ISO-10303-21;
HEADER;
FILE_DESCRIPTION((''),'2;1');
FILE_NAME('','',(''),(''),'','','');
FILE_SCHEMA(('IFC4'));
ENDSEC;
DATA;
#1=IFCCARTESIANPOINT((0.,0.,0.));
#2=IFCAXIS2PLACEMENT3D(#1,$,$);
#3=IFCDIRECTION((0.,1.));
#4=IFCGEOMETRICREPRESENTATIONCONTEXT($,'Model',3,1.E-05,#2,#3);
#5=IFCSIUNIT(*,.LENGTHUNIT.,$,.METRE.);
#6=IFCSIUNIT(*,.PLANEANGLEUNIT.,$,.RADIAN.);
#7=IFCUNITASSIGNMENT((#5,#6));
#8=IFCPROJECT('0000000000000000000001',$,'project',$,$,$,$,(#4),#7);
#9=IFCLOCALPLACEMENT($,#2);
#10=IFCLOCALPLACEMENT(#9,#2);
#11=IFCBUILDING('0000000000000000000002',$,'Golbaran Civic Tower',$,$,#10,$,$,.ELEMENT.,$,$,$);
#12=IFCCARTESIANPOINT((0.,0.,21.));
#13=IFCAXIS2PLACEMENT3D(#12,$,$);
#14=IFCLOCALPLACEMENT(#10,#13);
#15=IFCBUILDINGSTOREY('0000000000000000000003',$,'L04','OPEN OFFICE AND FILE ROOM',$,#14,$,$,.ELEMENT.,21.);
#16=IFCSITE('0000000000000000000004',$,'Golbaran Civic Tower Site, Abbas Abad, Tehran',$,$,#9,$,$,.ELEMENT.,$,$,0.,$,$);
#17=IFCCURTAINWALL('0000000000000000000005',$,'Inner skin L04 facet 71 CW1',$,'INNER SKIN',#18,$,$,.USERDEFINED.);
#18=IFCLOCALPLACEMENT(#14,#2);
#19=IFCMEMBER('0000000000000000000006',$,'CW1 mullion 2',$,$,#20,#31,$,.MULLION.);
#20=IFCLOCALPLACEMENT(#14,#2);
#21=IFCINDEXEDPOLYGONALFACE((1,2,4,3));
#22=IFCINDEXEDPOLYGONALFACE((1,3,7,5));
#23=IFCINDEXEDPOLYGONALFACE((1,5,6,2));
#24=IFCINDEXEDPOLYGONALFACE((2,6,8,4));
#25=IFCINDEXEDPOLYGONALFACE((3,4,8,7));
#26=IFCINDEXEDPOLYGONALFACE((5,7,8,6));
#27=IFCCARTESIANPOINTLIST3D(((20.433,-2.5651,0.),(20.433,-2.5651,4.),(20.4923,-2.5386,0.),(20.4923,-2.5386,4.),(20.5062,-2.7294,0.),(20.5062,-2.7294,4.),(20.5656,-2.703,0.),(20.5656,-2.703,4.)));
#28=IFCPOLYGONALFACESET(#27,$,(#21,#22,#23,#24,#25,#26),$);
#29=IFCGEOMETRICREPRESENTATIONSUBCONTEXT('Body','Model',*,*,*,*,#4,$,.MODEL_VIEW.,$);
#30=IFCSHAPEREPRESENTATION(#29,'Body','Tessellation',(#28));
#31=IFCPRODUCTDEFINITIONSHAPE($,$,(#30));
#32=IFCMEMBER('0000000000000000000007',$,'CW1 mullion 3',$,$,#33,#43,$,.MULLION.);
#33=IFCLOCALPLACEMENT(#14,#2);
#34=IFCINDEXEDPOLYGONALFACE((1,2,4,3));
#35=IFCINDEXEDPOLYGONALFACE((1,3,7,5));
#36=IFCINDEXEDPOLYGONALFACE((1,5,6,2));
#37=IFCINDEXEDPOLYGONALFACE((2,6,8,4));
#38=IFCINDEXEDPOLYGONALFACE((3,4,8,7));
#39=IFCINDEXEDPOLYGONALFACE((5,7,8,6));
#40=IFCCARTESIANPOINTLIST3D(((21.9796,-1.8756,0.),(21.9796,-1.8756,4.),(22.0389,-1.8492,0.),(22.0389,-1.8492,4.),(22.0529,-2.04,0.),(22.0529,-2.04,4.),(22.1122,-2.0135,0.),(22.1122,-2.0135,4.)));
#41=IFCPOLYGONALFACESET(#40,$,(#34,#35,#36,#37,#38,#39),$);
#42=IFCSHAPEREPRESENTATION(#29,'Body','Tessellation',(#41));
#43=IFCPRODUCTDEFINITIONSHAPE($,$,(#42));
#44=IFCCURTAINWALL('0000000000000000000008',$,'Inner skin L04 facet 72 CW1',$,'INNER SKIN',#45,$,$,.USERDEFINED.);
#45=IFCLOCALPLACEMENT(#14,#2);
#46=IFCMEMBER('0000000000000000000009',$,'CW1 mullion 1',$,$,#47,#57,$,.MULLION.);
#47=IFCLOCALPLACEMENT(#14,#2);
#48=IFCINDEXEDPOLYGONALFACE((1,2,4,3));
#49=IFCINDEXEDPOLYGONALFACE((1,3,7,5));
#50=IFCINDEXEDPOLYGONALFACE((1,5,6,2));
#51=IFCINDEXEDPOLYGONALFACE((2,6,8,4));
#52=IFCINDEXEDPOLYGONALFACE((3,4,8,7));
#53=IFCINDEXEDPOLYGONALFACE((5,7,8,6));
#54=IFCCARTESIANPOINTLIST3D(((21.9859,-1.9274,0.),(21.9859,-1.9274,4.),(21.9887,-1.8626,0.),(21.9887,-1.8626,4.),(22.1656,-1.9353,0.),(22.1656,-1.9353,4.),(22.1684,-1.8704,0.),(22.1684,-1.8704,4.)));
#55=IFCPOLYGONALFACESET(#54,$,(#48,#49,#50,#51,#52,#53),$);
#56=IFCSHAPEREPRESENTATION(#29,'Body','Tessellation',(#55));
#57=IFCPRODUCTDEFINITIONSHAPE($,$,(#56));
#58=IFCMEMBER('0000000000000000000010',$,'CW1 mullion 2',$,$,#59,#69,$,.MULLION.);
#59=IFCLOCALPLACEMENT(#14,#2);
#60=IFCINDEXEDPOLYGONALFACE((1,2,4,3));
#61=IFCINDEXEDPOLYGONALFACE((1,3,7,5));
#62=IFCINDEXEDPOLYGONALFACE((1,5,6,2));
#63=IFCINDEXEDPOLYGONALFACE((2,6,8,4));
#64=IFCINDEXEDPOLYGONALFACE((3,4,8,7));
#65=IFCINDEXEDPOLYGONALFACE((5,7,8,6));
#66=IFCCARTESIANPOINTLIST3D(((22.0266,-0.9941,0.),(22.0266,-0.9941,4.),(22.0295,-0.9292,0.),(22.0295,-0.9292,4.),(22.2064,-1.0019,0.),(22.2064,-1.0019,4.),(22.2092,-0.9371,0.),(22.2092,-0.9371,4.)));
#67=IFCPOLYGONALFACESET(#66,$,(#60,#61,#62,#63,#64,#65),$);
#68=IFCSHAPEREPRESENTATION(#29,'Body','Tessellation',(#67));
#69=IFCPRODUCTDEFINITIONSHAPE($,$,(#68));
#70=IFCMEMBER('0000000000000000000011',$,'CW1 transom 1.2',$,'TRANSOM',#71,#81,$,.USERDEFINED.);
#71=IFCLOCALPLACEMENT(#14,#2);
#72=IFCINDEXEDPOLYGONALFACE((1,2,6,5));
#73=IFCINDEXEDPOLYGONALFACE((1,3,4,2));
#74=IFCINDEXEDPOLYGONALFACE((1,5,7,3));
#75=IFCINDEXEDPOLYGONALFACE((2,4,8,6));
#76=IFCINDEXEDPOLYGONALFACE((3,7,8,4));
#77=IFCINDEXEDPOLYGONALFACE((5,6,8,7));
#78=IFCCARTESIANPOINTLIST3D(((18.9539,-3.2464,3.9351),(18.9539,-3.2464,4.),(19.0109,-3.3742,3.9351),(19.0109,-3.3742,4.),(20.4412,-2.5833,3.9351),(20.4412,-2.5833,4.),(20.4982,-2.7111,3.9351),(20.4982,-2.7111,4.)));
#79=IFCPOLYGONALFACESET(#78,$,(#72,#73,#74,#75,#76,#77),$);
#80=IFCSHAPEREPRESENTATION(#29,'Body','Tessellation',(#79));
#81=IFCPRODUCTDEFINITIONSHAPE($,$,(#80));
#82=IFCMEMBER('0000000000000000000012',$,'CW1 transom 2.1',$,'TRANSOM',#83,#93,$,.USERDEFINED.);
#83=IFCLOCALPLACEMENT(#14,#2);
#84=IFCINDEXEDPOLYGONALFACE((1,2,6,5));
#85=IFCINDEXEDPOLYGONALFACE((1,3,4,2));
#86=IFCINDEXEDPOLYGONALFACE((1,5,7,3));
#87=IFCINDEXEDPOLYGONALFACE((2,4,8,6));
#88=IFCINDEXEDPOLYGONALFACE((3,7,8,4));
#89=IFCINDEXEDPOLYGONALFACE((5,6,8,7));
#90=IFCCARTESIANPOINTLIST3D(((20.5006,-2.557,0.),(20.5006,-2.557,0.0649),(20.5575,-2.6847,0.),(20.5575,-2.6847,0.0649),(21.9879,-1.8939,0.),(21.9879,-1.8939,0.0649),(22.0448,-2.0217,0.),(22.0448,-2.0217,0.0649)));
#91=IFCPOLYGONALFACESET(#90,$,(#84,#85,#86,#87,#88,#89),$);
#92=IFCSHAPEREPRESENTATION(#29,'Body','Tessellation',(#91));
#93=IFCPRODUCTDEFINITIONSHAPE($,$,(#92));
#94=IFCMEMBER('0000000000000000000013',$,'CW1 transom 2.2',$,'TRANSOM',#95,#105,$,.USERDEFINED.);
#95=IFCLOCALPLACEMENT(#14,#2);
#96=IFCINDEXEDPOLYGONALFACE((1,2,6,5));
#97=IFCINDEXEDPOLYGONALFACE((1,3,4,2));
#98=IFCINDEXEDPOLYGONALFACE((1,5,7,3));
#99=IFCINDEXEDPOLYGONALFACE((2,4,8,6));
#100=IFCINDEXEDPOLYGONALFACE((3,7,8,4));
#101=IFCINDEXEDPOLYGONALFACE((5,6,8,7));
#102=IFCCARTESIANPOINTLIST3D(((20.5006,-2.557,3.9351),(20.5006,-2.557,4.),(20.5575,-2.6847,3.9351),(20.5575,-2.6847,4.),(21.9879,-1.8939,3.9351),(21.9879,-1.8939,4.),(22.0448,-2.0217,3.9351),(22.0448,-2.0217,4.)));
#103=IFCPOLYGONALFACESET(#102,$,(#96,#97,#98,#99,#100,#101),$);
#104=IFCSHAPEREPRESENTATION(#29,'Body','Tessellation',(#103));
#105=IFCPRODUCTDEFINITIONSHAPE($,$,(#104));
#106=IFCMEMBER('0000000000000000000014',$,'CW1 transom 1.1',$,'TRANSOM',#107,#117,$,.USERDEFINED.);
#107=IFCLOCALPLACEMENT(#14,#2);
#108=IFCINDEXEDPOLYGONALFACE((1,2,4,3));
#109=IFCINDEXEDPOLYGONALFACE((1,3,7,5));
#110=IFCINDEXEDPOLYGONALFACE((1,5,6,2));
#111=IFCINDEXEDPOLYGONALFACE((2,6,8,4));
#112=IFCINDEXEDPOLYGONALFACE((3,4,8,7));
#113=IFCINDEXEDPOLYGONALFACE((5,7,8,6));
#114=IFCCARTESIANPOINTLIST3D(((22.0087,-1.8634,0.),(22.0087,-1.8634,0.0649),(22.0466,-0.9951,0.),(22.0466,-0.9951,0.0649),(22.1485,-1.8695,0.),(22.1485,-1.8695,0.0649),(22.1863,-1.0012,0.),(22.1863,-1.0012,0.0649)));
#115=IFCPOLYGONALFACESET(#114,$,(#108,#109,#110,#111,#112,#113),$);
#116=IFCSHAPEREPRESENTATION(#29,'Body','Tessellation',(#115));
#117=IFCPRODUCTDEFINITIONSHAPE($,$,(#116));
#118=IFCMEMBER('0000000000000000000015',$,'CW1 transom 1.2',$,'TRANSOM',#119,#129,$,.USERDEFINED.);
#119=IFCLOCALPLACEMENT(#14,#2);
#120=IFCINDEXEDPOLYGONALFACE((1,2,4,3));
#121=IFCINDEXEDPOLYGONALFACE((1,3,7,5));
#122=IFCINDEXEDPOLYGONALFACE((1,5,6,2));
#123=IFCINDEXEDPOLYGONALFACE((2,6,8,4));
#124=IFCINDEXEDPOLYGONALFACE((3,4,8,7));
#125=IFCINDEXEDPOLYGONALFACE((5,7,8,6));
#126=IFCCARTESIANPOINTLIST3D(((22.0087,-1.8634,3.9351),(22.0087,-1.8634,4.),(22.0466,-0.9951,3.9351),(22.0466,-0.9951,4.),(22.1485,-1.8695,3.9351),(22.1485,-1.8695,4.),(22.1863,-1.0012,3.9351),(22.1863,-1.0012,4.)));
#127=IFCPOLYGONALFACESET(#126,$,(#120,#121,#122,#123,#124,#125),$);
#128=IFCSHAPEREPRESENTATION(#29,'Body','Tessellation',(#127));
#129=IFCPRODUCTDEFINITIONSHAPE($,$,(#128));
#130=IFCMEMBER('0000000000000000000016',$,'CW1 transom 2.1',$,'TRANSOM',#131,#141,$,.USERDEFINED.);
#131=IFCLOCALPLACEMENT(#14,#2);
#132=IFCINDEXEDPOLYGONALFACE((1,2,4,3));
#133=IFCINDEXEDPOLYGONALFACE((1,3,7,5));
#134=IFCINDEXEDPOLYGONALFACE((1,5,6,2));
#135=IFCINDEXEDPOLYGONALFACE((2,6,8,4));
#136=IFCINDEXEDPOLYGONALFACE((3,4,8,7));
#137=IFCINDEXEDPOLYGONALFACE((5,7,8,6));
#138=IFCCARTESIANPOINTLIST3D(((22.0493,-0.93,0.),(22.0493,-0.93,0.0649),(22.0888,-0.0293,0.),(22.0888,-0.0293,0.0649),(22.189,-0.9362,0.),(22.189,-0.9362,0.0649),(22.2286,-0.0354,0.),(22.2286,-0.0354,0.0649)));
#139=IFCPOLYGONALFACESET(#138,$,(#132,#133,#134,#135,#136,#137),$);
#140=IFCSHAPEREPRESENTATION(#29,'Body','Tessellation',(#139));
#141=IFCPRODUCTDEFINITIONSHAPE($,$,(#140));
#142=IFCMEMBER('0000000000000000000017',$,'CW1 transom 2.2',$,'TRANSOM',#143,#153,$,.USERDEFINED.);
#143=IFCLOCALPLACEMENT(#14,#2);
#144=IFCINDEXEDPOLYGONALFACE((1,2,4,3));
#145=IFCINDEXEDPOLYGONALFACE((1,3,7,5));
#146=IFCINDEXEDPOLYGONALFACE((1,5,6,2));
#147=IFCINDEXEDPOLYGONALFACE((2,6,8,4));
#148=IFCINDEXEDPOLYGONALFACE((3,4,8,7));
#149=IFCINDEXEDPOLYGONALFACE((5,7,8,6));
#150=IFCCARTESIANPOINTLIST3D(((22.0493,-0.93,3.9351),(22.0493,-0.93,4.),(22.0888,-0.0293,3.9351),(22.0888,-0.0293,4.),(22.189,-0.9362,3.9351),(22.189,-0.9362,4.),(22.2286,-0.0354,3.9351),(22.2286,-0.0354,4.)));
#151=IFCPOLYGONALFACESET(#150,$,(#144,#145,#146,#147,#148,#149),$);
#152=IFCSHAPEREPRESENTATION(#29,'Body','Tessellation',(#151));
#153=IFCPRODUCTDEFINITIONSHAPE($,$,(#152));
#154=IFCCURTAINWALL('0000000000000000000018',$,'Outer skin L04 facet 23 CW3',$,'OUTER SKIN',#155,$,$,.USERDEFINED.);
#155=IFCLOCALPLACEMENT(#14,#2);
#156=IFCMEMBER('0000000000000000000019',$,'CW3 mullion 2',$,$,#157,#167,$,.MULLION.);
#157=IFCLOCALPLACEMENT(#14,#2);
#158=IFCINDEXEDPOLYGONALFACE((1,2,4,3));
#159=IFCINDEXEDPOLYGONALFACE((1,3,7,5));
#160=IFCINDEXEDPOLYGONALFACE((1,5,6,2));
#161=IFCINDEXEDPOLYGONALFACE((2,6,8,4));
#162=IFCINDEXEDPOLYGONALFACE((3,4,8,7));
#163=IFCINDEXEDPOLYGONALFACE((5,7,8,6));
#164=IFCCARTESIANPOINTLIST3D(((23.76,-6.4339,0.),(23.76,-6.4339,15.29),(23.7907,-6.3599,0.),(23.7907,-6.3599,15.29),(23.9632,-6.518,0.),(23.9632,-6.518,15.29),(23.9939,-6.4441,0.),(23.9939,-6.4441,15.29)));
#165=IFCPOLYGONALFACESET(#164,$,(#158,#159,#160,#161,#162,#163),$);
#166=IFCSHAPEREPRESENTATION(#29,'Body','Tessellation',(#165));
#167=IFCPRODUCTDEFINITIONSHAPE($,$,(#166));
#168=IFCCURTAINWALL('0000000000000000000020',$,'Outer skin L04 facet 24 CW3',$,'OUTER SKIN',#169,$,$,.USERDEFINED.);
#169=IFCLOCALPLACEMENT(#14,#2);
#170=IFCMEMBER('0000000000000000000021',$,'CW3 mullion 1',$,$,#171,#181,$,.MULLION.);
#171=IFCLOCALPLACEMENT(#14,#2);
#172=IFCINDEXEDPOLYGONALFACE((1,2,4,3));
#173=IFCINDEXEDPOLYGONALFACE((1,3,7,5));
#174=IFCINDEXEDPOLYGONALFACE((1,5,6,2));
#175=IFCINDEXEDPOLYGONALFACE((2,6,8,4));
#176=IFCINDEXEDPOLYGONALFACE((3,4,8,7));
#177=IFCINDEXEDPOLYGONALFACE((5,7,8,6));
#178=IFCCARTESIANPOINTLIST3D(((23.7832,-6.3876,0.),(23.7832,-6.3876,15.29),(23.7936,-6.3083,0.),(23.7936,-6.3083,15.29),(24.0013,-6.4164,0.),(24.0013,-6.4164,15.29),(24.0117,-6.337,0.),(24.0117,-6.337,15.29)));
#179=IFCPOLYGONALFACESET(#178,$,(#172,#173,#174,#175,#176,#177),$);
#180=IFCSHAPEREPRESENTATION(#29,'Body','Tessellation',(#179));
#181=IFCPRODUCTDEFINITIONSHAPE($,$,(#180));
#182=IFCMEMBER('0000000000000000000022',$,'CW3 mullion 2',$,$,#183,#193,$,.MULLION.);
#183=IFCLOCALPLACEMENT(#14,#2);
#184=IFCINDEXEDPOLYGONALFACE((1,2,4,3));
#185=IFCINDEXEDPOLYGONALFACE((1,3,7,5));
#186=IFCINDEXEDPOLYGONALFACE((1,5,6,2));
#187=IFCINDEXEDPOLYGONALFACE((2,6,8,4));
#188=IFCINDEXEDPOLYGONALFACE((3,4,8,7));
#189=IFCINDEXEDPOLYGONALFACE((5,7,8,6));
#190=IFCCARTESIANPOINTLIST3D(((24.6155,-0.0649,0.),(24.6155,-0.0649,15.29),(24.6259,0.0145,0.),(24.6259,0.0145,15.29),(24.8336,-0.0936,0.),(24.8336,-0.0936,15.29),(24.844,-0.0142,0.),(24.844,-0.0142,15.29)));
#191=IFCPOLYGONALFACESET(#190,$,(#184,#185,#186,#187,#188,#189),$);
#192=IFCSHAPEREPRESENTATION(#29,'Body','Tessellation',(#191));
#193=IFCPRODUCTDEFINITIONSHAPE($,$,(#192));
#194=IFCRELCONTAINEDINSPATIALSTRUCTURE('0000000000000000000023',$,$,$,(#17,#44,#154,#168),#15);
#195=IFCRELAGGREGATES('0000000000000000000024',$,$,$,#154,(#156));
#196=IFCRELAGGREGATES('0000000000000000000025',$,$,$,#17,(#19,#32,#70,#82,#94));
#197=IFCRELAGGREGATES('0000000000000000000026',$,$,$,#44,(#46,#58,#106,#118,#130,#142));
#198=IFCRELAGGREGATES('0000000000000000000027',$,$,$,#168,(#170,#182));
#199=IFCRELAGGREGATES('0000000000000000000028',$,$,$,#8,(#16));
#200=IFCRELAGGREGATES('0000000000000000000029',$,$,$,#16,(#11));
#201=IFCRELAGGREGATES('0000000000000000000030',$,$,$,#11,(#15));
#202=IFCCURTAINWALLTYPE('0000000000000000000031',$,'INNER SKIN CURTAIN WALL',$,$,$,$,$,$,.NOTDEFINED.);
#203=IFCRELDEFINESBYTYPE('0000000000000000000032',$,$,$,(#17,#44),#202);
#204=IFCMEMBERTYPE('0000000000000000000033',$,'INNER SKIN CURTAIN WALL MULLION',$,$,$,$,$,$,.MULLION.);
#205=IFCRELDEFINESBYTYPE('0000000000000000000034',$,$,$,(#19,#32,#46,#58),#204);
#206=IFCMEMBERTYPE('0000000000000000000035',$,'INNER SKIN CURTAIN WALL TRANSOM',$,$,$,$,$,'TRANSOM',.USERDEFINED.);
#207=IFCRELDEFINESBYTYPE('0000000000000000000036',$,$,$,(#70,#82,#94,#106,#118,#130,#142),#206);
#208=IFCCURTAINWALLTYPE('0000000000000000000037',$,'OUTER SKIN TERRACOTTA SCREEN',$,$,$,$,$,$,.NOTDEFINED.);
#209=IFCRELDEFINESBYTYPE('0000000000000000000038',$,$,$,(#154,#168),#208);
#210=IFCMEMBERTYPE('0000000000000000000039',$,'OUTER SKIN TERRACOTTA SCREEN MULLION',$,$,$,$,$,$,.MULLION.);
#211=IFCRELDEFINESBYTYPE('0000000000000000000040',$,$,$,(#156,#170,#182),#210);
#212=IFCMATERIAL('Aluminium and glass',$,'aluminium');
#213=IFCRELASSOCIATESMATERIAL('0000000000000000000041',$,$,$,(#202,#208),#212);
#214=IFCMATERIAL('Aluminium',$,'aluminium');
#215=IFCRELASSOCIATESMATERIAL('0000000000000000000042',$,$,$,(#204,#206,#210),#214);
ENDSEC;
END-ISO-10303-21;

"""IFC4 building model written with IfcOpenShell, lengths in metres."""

from ifc_helpers import new_model, si_unit, direction, frame, origin, origin_2d, place, context, subcontext, project, spatial, rectangle, extrude, material, material_profile, profile_set, type_object, element, aggregate, save


model = new_model("IFC4")

# Units and contexts
model_context = context("Model", 3, precision=1e-05, world=origin(), true_north=direction((0.0, 1.0)))
body_context = subcontext(model_context, "Body", "Model", "MODEL_VIEW")
ifc_project = project(units=[si_unit("LENGTHUNIT", "METRE"), si_unit("PLANEANGLEUNIT", "RADIAN")], contexts=[model_context])

# Site, building, storey
site_placement = place(None, origin())
site = spatial("IfcSite", under=ifc_project, at=site_placement, Name="Golbaran Civic Tower Site, Abbas Abad, Tehran", CompositionType="ELEMENT", RefElevation=0.0)
building_placement = place(site_placement, origin())
building = spatial("IfcBuilding", under=site, at=building_placement, Name="Golbaran Civic Tower", CompositionType="ELEMENT")
storey_placement = place(building_placement, frame((0.0, 0.0, 21.0)))
storey = spatial("IfcBuildingStorey", under=building, at=storey_placement, Name="L04", Description="OPEN OFFICE AND FILE ROOM", CompositionType="ELEMENT", Elevation=21.0)

# Curtain walls, members
ifc_material_1 = material(Name="Aluminium and glass", Category="aluminium")
curtain_wall_type_1 = type_object("IfcCurtainWallType", Name="INNER SKIN CURTAIN WALL", PredefinedType="NOTDEFINED", material=ifc_material_1)
curtain_wall_1_placement = place(storey_placement, origin())
curtain_wall_1 = element("IfcCurtainWall", 1, at=curtain_wall_1_placement, inside=storey, type_object=curtain_wall_type_1, Name="Inner skin L04 facet 71 CW1", ObjectType="INNER SKIN", PredefinedType="USERDEFINED")
ifc_material_2 = material(Name="Aluminium", Category="aluminium")
ifc_material_profile_1 = material_profile(ifc_material_2, rectangle(XDim=0.1799, YDim=0.0649, at=origin_2d()), Name="INNER SKIN CURTAIN WALL MULLION")
ifc_profile_set_1 = profile_set([ifc_material_profile_1], Name="Aluminium")
member_type_1 = type_object("IfcMemberType", Name="INNER SKIN CURTAIN WALL MULLION", PredefinedType="MULLION", material=ifc_profile_set_1)
member_1_placement = place(storey_placement, frame((20.4993, -2.634, 0.0), z_axis=(0.0, 0.0, 1.0), x_axis=(-0.407136, 0.913367, 0.0)))
member_1 = element("IfcMember", 2, at=member_1_placement, type_object=member_type_1, Name="CW1 mullion 2", PredefinedType="MULLION", context=body_context, shape_type="SweptSolid", body=[
    extrude(rectangle(XDim=0.1799, YDim=0.0649, at=origin_2d()), origin(), (0.0, 0.0, 1.0), 4.0),
])
member_2_placement = place(storey_placement, frame((22.0459, -1.9446, 0.0), z_axis=(0.0, 0.0, 1.0), x_axis=(-0.407136, 0.913367, 0.0)))
member_2 = element("IfcMember", 3, at=member_2_placement, type_object=member_type_1, Name="CW1 mullion 3", PredefinedType="MULLION", context=body_context, shape_type="SweptSolid", body=[
    extrude(rectangle(XDim=0.1799, YDim=0.0649, at=origin_2d()), origin(), (0.0, 0.0, 1.0), 4.0),
])
curtain_wall_2_placement = place(storey_placement, origin())
curtain_wall_2 = element("IfcCurtainWall", 4, at=curtain_wall_2_placement, inside=storey, type_object=curtain_wall_type_1, Name="Inner skin L04 facet 72 CW1", ObjectType="INNER SKIN", PredefinedType="USERDEFINED")
member_3_placement = place(storey_placement, frame((22.0771, -1.8989, 0.0), z_axis=(0.0, 0.0, 1.0), x_axis=(-0.999048, 0.043619, 0.0)))
member_3 = element("IfcMember", 5, at=member_3_placement, type_object=member_type_1, Name="CW1 mullion 1", PredefinedType="MULLION", context=body_context, shape_type="SweptSolid", body=[
    extrude(rectangle(XDim=0.1799, YDim=0.0649, at=origin_2d()), origin(), (0.0, 0.0, 1.0), 4.0),
])
member_4_placement = place(storey_placement, frame((22.1179, -0.9656, 0.0), z_axis=(0.0, 0.0, 1.0), x_axis=(-0.999048, 0.043619, 0.0)))
member_4 = element("IfcMember", 6, at=member_4_placement, type_object=member_type_1, Name="CW1 mullion 2", PredefinedType="MULLION", context=body_context, shape_type="SweptSolid", body=[
    extrude(rectangle(XDim=0.1799, YDim=0.0649, at=origin_2d()), origin(), (0.0, 0.0, 1.0), 4.0),
])

# Members
ifc_material_profile_2 = material_profile(ifc_material_2, rectangle(XDim=0.1399, YDim=0.0649, at=origin_2d()), Name="INNER SKIN CURTAIN WALL TRANSOM")
ifc_profile_set_2 = profile_set([ifc_material_profile_2], Name="Aluminium")
member_type_2 = type_object("IfcMemberType", Name="INNER SKIN CURTAIN WALL TRANSOM", ElementType="TRANSOM", PredefinedType="USERDEFINED", material=ifc_profile_set_2)
member_5_placement = place(storey_placement, frame((18.9824, -3.3103, 3.9675), z_axis=(0.913341, 0.407195, 0.0), x_axis=(-0.407195, 0.913341, 0.0)))
member_5 = element("IfcMember", 7, at=member_5_placement, type_object=member_type_2, Name="CW1 transom 1.2", ObjectType="TRANSOM", PredefinedType="USERDEFINED", context=body_context, shape_type="SweptSolid", body=[
    extrude(rectangle(XDim=0.1399, YDim=0.0649, at=origin_2d()), origin(), (0.0, 0.0, 1.0), 1.6284),
])
member_6_placement = place(storey_placement, frame((20.5291, -2.6208, 0.0325), z_axis=(0.913341, 0.407195, 0.0), x_axis=(-0.407195, 0.913341, 0.0)))
member_6 = element("IfcMember", 8, at=member_6_placement, type_object=member_type_2, Name="CW1 transom 2.1", ObjectType="TRANSOM", PredefinedType="USERDEFINED", context=body_context, shape_type="SweptSolid", body=[
    extrude(rectangle(XDim=0.1399, YDim=0.0649, at=origin_2d()), origin(), (0.0, 0.0, 1.0), 1.6284),
])
member_7_placement = place(storey_placement, frame((20.5291, -2.6208, 3.9675), z_axis=(0.913341, 0.407195, 0.0), x_axis=(-0.407195, 0.913341, 0.0)))
member_7 = element("IfcMember", 9, at=member_7_placement, type_object=member_type_2, Name="CW1 transom 2.2", ObjectType="TRANSOM", PredefinedType="USERDEFINED", context=body_context, shape_type="SweptSolid", body=[
    extrude(rectangle(XDim=0.1399, YDim=0.0649, at=origin_2d()), origin(), (0.0, 0.0, 1.0), 1.6284),
])
member_8_placement = place(storey_placement, frame((22.0786, -1.8665, 0.0325), z_axis=(0.043535, 0.999052, 0.0), x_axis=(-0.999052, 0.043535, 0.0)))
member_8 = element("IfcMember", 10, at=member_8_placement, type_object=member_type_2, Name="CW1 transom 1.1", ObjectType="TRANSOM", PredefinedType="USERDEFINED", context=body_context, shape_type="SweptSolid", body=[
    extrude(rectangle(XDim=0.1399, YDim=0.0649, at=origin_2d()), origin(), (0.0, 0.0, 1.0), 0.8691),
])
member_9_placement = place(storey_placement, frame((22.0786, -1.8665, 3.9675), z_axis=(0.043535, 0.999052, 0.0), x_axis=(-0.999052, 0.043535, 0.0)))
member_9 = element("IfcMember", 11, at=member_9_placement, type_object=member_type_2, Name="CW1 transom 1.2", ObjectType="TRANSOM", PredefinedType="USERDEFINED", context=body_context, shape_type="SweptSolid", body=[
    extrude(rectangle(XDim=0.1399, YDim=0.0649, at=origin_2d()), origin(), (0.0, 0.0, 1.0), 0.8691),
])
member_10_placement = place(storey_placement, frame((22.1191, -0.9331, 0.0325), z_axis=(0.043872, 0.999037, 0.0), x_axis=(-0.999037, 0.043872, 0.0)))
member_10 = element("IfcMember", 12, at=member_10_placement, type_object=member_type_2, Name="CW1 transom 2.1", ObjectType="TRANSOM", PredefinedType="USERDEFINED", context=body_context, shape_type="SweptSolid", body=[
    extrude(rectangle(XDim=0.1399, YDim=0.0649, at=origin_2d()), origin(), (0.0, 0.0, 1.0), 0.9016),
])
member_11_placement = place(storey_placement, frame((22.1191, -0.9331, 3.9675), z_axis=(0.043872, 0.999037, 0.0), x_axis=(-0.999037, 0.043872, 0.0)))
member_11 = element("IfcMember", 13, at=member_11_placement, type_object=member_type_2, Name="CW1 transom 2.2", ObjectType="TRANSOM", PredefinedType="USERDEFINED", context=body_context, shape_type="SweptSolid", body=[
    extrude(rectangle(XDim=0.1399, YDim=0.0649, at=origin_2d()), origin(), (0.0, 0.0, 1.0), 0.9016),
])

# Curtain wall, member
curtain_wall_type_2 = type_object("IfcCurtainWallType", Name="OUTER SKIN TERRACOTTA SCREEN", PredefinedType="NOTDEFINED", material=ifc_material_1)
curtain_wall_3_placement = place(storey_placement, origin())
curtain_wall_3 = element("IfcCurtainWall", 14, at=curtain_wall_3_placement, inside=storey, type_object=curtain_wall_type_2, Name="Outer skin L04 facet 23 CW3", ObjectType="OUTER SKIN", PredefinedType="USERDEFINED")
ifc_material_profile_3 = material_profile(ifc_material_2, rectangle(XDim=0.22, YDim=0.0801, at=origin_2d()), Name="OUTER SKIN TERRACOTTA SCREEN MULLION")
ifc_profile_set_3 = profile_set([ifc_material_profile_3], Name="Aluminium")
member_type_3 = type_object("IfcMemberType", Name="OUTER SKIN TERRACOTTA SCREEN MULLION", PredefinedType="MULLION", material=ifc_profile_set_3)
member_12_placement = place(storey_placement, frame((23.877, -6.439, 0.0), z_axis=(0.0, 0.0, 1.0), x_axis=(-0.92388, 0.382683, 0.0)))
member_12 = element("IfcMember", 15, at=member_12_placement, type_object=member_type_3, Name="CW3 mullion 2", PredefinedType="MULLION", context=body_context, shape_type="SweptSolid", body=[
    extrude(rectangle(XDim=0.22, YDim=0.0801, at=origin_2d()), origin(), (0.0, 0.0, 1.0), 15.29),
])
aggregate(curtain_wall_3, [member_12])

# Curtain wall, members
curtain_wall_4_placement = place(storey_placement, origin())
curtain_wall_4 = element("IfcCurtainWall", 16, at=curtain_wall_4_placement, inside=storey, type_object=curtain_wall_type_2, Name="Outer skin L04 facet 24 CW3", ObjectType="OUTER SKIN", PredefinedType="USERDEFINED")
member_13_placement = place(storey_placement, frame((23.8975, -6.3623, 0.0), z_axis=(0.0, 0.0, 1.0), x_axis=(-0.991445, 0.130526, 0.0)))
member_13 = element("IfcMember", 17, at=member_13_placement, type_object=member_type_3, Name="CW3 mullion 1", PredefinedType="MULLION", context=body_context, shape_type="SweptSolid", body=[
    extrude(rectangle(XDim=0.22, YDim=0.0801, at=origin_2d()), origin(), (0.0, 0.0, 1.0), 15.29),
])
member_14_placement = place(storey_placement, frame((24.7297, -0.0396, 0.0), z_axis=(0.0, 0.0, 1.0), x_axis=(-0.991445, 0.130526, 0.0)))
member_14 = element("IfcMember", 18, at=member_14_placement, type_object=member_type_3, Name="CW3 mullion 2", PredefinedType="MULLION", context=body_context, shape_type="SweptSolid", body=[
    extrude(rectangle(XDim=0.22, YDim=0.0801, at=origin_2d()), origin(), (0.0, 0.0, 1.0), 15.29),
])

aggregate(curtain_wall_1, [member_1, member_2, member_5, member_6, member_7])
aggregate(curtain_wall_2, [member_3, member_4, member_8, member_9, member_10, member_11])
aggregate(curtain_wall_4, [member_13, member_14])

save(model, "model.ifc")
